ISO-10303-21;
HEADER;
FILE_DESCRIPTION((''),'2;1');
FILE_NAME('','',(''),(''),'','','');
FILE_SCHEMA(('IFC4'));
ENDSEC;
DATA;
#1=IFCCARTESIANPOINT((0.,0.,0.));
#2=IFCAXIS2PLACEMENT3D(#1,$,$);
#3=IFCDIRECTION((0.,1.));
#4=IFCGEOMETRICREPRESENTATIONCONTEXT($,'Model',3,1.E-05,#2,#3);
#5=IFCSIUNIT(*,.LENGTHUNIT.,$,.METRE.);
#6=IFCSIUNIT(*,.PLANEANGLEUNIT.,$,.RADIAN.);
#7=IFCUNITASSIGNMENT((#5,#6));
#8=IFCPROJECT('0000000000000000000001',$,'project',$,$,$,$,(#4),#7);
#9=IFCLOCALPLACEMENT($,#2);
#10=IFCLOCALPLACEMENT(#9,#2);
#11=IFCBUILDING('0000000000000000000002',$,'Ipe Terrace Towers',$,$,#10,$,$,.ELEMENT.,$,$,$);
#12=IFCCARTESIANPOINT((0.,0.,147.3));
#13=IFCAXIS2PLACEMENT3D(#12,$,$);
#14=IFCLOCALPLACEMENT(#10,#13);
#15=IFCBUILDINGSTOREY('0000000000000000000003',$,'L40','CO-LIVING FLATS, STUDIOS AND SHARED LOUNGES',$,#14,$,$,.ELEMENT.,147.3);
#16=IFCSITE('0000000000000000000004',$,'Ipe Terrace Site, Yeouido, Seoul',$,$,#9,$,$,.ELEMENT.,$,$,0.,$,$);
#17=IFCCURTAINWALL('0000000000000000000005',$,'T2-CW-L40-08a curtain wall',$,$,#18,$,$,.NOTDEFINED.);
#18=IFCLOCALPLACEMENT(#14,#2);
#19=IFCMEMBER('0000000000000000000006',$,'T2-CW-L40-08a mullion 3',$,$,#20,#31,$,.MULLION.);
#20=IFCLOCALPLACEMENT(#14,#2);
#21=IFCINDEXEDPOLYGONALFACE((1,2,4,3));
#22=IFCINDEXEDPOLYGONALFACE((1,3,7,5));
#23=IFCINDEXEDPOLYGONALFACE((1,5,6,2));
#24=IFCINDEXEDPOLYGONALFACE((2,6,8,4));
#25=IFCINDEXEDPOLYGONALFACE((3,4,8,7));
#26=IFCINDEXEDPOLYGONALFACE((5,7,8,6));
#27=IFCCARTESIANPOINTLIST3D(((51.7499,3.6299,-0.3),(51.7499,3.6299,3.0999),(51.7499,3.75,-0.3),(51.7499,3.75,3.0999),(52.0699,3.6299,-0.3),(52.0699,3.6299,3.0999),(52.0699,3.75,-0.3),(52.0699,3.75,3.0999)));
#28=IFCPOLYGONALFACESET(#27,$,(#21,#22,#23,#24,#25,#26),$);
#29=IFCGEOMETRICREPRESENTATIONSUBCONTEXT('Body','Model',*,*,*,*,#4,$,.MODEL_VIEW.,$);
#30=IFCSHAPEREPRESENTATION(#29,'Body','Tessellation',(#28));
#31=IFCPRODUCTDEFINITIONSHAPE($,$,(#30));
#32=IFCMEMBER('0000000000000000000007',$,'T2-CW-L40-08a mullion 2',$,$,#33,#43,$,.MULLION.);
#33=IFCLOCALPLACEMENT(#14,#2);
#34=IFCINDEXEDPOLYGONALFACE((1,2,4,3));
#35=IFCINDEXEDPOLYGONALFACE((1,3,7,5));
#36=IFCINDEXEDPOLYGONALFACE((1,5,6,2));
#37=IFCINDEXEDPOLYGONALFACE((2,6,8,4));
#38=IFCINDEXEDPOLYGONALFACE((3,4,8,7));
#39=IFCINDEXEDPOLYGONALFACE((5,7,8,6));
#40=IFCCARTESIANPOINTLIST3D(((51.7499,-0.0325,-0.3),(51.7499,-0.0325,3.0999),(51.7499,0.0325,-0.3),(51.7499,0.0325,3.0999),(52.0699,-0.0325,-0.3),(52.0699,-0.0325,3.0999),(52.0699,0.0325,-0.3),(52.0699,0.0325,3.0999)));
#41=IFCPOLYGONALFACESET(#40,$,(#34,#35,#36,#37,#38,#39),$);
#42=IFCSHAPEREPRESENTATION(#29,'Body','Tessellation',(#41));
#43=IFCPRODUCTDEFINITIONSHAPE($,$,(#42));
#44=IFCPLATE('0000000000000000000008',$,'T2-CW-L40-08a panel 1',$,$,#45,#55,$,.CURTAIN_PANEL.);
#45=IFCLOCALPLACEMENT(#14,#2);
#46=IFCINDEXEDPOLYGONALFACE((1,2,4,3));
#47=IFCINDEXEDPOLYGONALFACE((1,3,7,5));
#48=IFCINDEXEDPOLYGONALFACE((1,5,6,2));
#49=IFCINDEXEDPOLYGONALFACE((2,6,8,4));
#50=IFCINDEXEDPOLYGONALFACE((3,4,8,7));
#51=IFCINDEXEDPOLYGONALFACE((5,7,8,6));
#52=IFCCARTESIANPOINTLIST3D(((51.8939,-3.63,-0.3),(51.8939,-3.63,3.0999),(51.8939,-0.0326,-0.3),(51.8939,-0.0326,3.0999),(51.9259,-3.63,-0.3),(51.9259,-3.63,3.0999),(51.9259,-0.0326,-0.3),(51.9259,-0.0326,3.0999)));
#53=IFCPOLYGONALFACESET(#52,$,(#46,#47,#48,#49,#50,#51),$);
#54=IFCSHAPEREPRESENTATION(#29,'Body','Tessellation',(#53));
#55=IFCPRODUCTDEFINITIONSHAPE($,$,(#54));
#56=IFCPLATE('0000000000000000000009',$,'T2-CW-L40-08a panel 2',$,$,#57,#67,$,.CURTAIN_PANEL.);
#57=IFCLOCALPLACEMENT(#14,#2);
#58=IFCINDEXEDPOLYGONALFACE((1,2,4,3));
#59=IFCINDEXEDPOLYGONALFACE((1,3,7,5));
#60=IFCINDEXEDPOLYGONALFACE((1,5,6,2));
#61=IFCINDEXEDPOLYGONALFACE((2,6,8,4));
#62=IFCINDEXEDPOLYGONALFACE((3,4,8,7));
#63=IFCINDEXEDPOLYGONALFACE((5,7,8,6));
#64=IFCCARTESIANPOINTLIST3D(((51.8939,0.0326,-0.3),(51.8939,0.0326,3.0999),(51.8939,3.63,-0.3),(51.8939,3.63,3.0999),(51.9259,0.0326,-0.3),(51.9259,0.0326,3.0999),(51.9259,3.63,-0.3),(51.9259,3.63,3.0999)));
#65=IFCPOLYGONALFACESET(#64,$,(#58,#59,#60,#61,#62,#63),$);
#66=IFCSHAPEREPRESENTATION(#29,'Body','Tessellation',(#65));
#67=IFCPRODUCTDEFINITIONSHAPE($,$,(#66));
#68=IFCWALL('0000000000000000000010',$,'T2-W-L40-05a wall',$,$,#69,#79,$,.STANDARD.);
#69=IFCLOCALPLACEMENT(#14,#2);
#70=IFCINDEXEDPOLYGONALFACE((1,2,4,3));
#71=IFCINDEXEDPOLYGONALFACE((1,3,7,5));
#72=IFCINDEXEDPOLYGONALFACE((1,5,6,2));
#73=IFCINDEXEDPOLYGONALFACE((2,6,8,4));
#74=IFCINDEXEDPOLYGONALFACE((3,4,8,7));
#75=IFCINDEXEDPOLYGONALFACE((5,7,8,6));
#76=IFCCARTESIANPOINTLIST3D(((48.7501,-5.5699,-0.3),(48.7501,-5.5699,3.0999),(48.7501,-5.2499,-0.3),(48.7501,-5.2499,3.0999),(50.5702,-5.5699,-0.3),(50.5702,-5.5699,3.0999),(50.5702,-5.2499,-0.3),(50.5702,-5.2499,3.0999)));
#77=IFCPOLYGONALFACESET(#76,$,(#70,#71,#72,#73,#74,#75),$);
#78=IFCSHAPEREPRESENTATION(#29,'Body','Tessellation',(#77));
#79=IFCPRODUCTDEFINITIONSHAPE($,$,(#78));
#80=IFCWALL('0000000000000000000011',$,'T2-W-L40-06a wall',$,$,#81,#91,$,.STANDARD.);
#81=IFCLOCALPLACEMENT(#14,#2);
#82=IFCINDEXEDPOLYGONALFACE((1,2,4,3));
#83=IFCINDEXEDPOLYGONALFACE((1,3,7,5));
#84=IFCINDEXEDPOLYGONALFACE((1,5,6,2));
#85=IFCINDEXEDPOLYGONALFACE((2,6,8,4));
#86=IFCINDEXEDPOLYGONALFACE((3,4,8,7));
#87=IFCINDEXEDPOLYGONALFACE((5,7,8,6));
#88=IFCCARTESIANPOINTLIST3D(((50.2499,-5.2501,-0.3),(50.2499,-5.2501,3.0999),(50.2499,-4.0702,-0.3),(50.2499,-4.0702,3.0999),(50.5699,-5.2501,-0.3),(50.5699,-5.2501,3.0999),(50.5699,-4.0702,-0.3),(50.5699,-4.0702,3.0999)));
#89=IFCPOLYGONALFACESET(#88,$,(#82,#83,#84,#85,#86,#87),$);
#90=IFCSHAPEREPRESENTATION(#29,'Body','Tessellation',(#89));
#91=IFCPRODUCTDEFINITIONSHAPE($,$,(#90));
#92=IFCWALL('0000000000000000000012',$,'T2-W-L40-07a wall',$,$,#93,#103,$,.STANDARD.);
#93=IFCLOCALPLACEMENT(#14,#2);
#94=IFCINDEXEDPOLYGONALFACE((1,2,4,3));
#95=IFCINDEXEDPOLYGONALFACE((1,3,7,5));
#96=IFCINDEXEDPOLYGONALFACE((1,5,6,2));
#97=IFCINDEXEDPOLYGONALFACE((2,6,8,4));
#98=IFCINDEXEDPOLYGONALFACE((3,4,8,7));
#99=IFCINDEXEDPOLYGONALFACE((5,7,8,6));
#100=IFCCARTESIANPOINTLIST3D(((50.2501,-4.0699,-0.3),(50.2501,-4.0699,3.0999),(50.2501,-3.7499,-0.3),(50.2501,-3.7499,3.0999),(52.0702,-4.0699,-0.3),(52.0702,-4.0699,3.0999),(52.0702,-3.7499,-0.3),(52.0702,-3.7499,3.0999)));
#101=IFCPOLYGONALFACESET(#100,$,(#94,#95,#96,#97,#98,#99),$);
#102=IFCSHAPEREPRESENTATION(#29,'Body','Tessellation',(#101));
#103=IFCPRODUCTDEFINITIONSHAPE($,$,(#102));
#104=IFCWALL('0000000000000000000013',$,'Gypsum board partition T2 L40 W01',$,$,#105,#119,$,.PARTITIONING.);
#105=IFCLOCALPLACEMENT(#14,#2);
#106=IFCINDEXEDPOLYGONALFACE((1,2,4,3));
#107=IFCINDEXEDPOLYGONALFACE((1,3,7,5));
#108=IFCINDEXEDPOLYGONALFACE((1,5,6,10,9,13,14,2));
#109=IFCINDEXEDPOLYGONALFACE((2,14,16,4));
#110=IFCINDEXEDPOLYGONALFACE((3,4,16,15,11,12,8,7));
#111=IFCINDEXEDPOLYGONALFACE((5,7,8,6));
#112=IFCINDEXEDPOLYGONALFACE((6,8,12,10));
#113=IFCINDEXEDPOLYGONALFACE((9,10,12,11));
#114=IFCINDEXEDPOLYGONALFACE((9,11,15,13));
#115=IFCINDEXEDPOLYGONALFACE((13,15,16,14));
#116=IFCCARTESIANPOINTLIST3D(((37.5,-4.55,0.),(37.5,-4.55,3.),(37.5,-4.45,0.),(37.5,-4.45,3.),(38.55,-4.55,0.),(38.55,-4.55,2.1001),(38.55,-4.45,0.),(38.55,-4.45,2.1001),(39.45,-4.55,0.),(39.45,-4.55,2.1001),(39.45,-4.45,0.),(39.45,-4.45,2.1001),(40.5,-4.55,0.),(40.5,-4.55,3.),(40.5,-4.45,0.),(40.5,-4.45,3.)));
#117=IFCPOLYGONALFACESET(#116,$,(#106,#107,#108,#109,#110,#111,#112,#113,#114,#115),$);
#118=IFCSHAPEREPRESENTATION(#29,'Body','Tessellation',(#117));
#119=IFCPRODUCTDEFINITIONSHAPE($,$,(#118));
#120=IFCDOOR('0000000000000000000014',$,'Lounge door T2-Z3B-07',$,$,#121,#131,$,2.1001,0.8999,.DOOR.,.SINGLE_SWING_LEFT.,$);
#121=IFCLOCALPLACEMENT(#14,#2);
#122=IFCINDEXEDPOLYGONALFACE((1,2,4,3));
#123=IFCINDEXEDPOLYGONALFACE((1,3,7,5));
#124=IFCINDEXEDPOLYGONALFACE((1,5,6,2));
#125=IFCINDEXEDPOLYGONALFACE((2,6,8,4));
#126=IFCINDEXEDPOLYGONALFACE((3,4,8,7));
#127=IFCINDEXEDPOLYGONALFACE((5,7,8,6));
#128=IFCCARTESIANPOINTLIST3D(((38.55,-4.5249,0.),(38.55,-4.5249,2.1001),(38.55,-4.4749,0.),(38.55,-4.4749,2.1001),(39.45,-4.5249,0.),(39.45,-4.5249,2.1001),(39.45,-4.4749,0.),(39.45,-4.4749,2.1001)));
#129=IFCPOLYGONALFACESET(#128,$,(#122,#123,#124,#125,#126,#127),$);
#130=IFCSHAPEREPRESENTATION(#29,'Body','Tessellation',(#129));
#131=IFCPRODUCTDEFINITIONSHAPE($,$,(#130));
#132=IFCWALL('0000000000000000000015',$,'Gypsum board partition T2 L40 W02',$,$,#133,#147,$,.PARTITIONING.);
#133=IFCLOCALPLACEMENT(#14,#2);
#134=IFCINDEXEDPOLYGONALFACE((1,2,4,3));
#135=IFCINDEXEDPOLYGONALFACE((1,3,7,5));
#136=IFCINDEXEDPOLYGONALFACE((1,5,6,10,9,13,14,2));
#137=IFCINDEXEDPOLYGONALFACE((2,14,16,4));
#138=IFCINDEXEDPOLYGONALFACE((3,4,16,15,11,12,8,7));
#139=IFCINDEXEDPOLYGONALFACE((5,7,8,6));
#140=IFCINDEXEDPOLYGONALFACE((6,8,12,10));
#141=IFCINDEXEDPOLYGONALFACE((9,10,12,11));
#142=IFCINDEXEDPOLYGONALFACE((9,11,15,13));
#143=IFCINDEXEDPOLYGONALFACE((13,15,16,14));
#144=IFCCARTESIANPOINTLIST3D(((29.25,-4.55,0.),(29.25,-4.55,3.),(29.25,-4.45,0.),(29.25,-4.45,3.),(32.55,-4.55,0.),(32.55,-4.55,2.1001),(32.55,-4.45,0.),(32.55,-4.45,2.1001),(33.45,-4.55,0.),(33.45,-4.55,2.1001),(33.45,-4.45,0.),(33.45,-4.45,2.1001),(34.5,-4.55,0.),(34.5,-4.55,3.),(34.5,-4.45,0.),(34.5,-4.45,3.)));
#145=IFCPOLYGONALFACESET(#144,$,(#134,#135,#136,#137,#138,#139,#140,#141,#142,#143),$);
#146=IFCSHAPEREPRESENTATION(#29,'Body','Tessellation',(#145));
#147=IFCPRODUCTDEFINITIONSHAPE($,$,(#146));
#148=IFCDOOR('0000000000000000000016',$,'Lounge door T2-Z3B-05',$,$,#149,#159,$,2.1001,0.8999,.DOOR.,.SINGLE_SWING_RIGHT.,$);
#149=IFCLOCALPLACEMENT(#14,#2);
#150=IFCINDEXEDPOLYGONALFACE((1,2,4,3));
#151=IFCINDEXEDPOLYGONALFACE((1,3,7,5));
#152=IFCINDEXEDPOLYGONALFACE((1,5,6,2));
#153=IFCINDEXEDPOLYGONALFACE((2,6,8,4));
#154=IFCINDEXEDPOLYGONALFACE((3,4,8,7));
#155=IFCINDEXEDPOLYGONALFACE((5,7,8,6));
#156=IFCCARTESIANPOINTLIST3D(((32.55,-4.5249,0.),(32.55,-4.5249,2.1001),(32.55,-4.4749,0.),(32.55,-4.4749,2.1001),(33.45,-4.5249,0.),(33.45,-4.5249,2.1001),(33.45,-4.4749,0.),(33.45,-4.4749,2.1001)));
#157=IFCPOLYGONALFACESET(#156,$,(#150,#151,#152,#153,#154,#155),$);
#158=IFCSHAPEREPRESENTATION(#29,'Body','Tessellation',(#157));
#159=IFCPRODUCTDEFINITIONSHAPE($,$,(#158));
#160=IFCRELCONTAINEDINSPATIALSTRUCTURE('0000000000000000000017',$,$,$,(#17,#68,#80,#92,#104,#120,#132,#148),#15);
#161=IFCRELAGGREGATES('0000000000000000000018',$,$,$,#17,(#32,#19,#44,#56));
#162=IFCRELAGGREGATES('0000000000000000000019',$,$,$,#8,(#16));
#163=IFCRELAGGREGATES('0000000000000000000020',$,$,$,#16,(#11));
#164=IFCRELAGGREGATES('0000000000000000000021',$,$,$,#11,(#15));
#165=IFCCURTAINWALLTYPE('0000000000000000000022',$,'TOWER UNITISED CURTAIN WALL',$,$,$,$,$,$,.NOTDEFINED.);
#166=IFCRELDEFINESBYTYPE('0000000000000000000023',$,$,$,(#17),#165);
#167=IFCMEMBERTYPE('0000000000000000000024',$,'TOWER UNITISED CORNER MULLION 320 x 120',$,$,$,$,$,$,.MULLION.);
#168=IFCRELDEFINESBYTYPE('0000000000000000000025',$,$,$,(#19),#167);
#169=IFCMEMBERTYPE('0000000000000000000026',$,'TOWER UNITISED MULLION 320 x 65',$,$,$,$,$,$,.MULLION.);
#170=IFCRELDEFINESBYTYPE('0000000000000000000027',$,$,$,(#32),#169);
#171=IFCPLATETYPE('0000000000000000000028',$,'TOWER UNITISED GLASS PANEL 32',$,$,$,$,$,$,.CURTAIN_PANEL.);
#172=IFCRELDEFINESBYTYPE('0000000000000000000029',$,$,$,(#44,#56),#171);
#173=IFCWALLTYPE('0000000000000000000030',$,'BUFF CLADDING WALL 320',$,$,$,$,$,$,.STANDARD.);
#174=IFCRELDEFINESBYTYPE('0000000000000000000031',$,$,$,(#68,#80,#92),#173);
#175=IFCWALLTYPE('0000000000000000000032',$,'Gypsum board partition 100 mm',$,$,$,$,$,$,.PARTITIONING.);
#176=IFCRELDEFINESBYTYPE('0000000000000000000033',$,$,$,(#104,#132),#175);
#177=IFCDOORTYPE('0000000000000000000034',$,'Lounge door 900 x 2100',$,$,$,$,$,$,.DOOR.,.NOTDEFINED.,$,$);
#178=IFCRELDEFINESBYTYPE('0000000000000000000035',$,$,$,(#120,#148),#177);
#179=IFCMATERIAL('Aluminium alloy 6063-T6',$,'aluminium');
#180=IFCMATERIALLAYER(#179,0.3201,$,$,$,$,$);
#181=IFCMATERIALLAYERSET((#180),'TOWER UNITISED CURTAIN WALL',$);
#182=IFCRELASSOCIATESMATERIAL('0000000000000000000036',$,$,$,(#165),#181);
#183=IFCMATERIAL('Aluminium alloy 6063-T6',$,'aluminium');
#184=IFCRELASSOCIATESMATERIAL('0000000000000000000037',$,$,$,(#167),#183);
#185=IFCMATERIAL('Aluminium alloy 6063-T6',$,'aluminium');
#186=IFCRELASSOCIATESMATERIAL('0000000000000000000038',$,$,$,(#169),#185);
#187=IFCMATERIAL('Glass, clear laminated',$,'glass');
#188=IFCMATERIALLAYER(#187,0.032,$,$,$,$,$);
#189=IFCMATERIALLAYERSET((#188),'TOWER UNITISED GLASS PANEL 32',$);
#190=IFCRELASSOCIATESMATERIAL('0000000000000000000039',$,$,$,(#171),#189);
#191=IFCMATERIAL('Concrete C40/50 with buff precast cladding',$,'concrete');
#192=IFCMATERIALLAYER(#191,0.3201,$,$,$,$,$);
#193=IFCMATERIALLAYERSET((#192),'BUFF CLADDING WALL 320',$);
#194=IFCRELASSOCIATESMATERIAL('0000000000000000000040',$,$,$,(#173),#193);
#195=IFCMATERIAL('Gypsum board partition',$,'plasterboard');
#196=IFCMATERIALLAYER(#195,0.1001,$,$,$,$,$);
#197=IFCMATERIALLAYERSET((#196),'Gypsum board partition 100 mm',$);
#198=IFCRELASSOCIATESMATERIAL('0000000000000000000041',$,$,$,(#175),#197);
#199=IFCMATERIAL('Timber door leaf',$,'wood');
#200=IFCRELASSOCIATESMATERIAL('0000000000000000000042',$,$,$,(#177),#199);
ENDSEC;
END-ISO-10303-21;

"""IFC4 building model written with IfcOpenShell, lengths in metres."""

from ifc_helpers import new_model, si_unit, direction, frame, frame_2d, origin, origin_2d, place, context, subcontext, project, spatial, rectangle, extrude, material, layer, layer_set, material_profile, profile_set, type_object, element, fill, aggregate, save


model = new_model("IFC4")

# Units and contexts
model_context = context("Model", 3, precision=1e-05, world=origin(), true_north=direction((0.0, 1.0)))
body_context = subcontext(model_context, "Body", "Model", "MODEL_VIEW")
ifc_project = project(units=[si_unit("LENGTHUNIT", "METRE"), si_unit("PLANEANGLEUNIT", "RADIAN")], contexts=[model_context])

# Site, building, storey
site_placement = place(None, origin())
site = spatial("IfcSite", under=ifc_project, at=site_placement, Name="Ipe Terrace Site, Yeouido, Seoul", CompositionType="ELEMENT", RefElevation=0.0)
building_placement = place(site_placement, origin())
building = spatial("IfcBuilding", under=site, at=building_placement, Name="Ipe Terrace Towers", CompositionType="ELEMENT")
storey_placement = place(building_placement, frame((0.0, 0.0, 147.3)))
storey = spatial("IfcBuildingStorey", under=building, at=storey_placement, Name="L40", Description="CO-LIVING FLATS, STUDIOS AND SHARED LOUNGES", CompositionType="ELEMENT", Elevation=147.3)

# Curtain wall, members, plates
ifc_material_1 = material(Name="Aluminium alloy 6063-T6", Category="aluminium")
ifc_layer_1 = layer(ifc_material_1, 0.3201)
ifc_layer_set_1 = layer_set([ifc_layer_1], Name="TOWER UNITISED CURTAIN WALL")
curtain_wall_type = type_object("IfcCurtainWallType", Name="TOWER UNITISED CURTAIN WALL", PredefinedType="NOTDEFINED", material=ifc_layer_set_1)
curtain_wall_placement = place(storey_placement, origin())
curtain_wall = element("IfcCurtainWall", 1, at=curtain_wall_placement, inside=storey, type_object=curtain_wall_type, Name="T2-CW-L40-08a curtain wall", PredefinedType="NOTDEFINED")
ifc_material_2 = material(Name="Aluminium alloy 6063-T6", Category="aluminium")
ifc_material_profile_1 = material_profile(ifc_material_2, rectangle(XDim=0.3201, YDim=0.1201, at=origin_2d()), Name="TOWER UNITISED CORNER MULLION 320 x 120")
ifc_profile_set_1 = profile_set([ifc_material_profile_1], Name="Aluminium alloy 6063-T6")
member_type_1 = type_object("IfcMemberType", Name="TOWER UNITISED CORNER MULLION 320 x 120", PredefinedType="MULLION", material=ifc_profile_set_1)
member_1_placement = place(storey_placement, frame((51.9099, 3.6899, -0.3), z_axis=(0.0, 0.0, 1.0), x_axis=(1.0, 0.0, 0.0)))
member_1 = element("IfcMember", 2, at=member_1_placement, type_object=member_type_1, Name="T2-CW-L40-08a mullion 3", PredefinedType="MULLION", context=body_context, shape_type="SweptSolid", body=[
    extrude(rectangle(XDim=0.3201, YDim=0.1201, at=origin_2d()), origin(), (0.0, 0.0, 1.0), 3.3999),
])
ifc_material_3 = material(Name="Aluminium alloy 6063-T6", Category="aluminium")
ifc_material_profile_2 = material_profile(ifc_material_3, rectangle(XDim=0.3201, YDim=0.0649, at=origin_2d()), Name="TOWER UNITISED MULLION 320 x 65")
ifc_profile_set_2 = profile_set([ifc_material_profile_2], Name="Aluminium alloy 6063-T6")
member_type_2 = type_object("IfcMemberType", Name="TOWER UNITISED MULLION 320 x 65", PredefinedType="MULLION", material=ifc_profile_set_2)
member_2_placement = place(storey_placement, frame((51.9099, 0.0, -0.3), z_axis=(0.0, 0.0, 1.0), x_axis=(1.0, 0.0, 0.0)))
member_2 = element("IfcMember", 3, at=member_2_placement, type_object=member_type_2, Name="T2-CW-L40-08a mullion 2", PredefinedType="MULLION", context=body_context, shape_type="SweptSolid", body=[
    extrude(rectangle(XDim=0.3201, YDim=0.0649, at=origin_2d()), origin(), (0.0, 0.0, 1.0), 3.3999),
])
ifc_material_4 = material(Name="Glass, clear laminated", Category="glass")
ifc_layer_2 = layer(ifc_material_4, 0.032)
ifc_layer_set_2 = layer_set([ifc_layer_2], Name="TOWER UNITISED GLASS PANEL 32")
plate_type = type_object("IfcPlateType", Name="TOWER UNITISED GLASS PANEL 32", PredefinedType="CURTAIN_PANEL", material=ifc_layer_set_2)
plate_1_placement = place(storey_placement, frame((51.9099, -1.8313, -0.3), z_axis=(0.0, 0.0, 1.0), x_axis=(0.0, 1.0, 0.0)))
plate_1 = element("IfcPlate", 4, at=plate_1_placement, type_object=plate_type, Name="T2-CW-L40-08a panel 1", PredefinedType="CURTAIN_PANEL", context=body_context, shape_type="SweptSolid", body=[
    extrude(rectangle(XDim=3.5974, YDim=0.032, at=origin_2d()), origin(), (0.0, 0.0, 1.0), 3.3999),
])
plate_2_placement = place(storey_placement, frame((51.9099, 1.8313, -0.3), z_axis=(0.0, 0.0, 1.0), x_axis=(0.0, 1.0, 0.0)))
plate_2 = element("IfcPlate", 5, at=plate_2_placement, type_object=plate_type, Name="T2-CW-L40-08a panel 2", PredefinedType="CURTAIN_PANEL", context=body_context, shape_type="SweptSolid", body=[
    extrude(rectangle(XDim=3.5974, YDim=0.032, at=origin_2d()), origin(), (0.0, 0.0, 1.0), 3.3999),
])
aggregate(curtain_wall, [member_2, member_1, plate_1, plate_2])

# Walls
ifc_material_5 = material(Name="Concrete C40/50 with buff precast cladding", Category="concrete")
ifc_layer_3 = layer(ifc_material_5, 0.3201)
ifc_layer_set_3 = layer_set([ifc_layer_3], Name="BUFF CLADDING WALL 320")
wall_type_1 = type_object("IfcWallType", Name="BUFF CLADDING WALL 320", PredefinedType="STANDARD", material=ifc_layer_set_3)
wall_1_placement = place(storey_placement, frame((48.75, -5.4099, -0.3), z_axis=(0.0, 0.0, 1.0), x_axis=(1.0, 0.0, 0.0)))
element("IfcWall", 6, at=wall_1_placement, inside=storey, type_object=wall_type_1, Name="T2-W-L40-05a wall", PredefinedType="STANDARD", context=body_context, shape_type="SweptSolid", body=[
    extrude(rectangle(XDim=1.8201, YDim=0.3201, at=frame_2d((0.9102, 0.0))), origin(), (0.0, 0.0, 1.0), 3.3999),
])
wall_2_placement = place(storey_placement, frame((50.4099, -5.25, -0.3), z_axis=(0.0, 0.0, 1.0), x_axis=(0.0, 1.0, 0.0)))
element("IfcWall", 7, at=wall_2_placement, inside=storey, type_object=wall_type_1, Name="T2-W-L40-06a wall", PredefinedType="STANDARD", context=body_context, shape_type="SweptSolid", body=[
    extrude(rectangle(XDim=1.1799, YDim=0.3201, at=frame_2d((0.5898, 0.0))), origin(), (0.0, 0.0, 1.0), 3.3999),
])
wall_3_placement = place(storey_placement, frame((50.25, -3.9099, -0.3), z_axis=(0.0, 0.0, 1.0), x_axis=(1.0, 0.0, 0.0)))
element("IfcWall", 8, at=wall_3_placement, inside=storey, type_object=wall_type_1, Name="T2-W-L40-07a wall", PredefinedType="STANDARD", context=body_context, shape_type="SweptSolid", body=[
    extrude(rectangle(XDim=1.8201, YDim=0.3201, at=frame_2d((0.9102, 0.0))), origin(), (0.0, 0.0, 1.0), 3.3999),
])

# Walls, openings, doors
ifc_material_6 = material(Name="Gypsum board partition", Category="plasterboard")
ifc_layer_4 = layer(ifc_material_6, 0.1001)
ifc_layer_set_4 = layer_set([ifc_layer_4], Name="Gypsum board partition 100 mm")
wall_type_2 = type_object("IfcWallType", Name="Gypsum board partition 100 mm", PredefinedType="PARTITIONING", material=ifc_layer_set_4)
wall_4_placement = place(storey_placement, frame((40.5, -4.5, 0.0), z_axis=(0.0, 0.0, 1.0), x_axis=(-1.0, 0.0, 0.0)))
wall_4 = element("IfcWall", 9, at=wall_4_placement, inside=storey, type_object=wall_type_2, Name="Gypsum board partition T2 L40 W01", PredefinedType="PARTITIONING", context=body_context, shape_type="SweptSolid", body=[
    extrude(rectangle(XDim=3.0, YDim=0.1001, at=frame_2d((1.5, 0.0))), origin(), (0.0, 0.0, 1.0), 3.0),
])
opening_1_placement = place(wall_4_placement, frame((1.05, 0.0, 0.0)))
opening_1 = element("IfcOpeningElement", 10, at=opening_1_placement, cuts=wall_4, PredefinedType="OPENING", context=body_context, shape_type="SweptSolid", body=[
    extrude(rectangle(XDim=0.8999, YDim=2.1001, at=frame_2d((0.45, 1.05))), frame((0.0, 0.0601, 0.0), z_axis=(0.0, -1.0, 0.0), x_axis=(1.0, 0.0, 0.0)), (0.0, 0.0, 1.0), 0.1201),
])
ifc_material_7 = material(Name="Timber door leaf", Category="wood")
door_type = type_object("IfcDoorType", Name="Lounge door 900 x 2100", OperationType="NOTDEFINED", PredefinedType="DOOR", material=ifc_material_7)
door_1_placement = place(opening_1_placement, origin())
door_1 = element("IfcDoor", 11, at=door_1_placement, inside=storey, type_object=door_type, Name="Lounge door T2-Z3B-07", OperationType="SINGLE_SWING_LEFT", OverallHeight=2.1001, OverallWidth=0.8999, PredefinedType="DOOR", context=body_context, shape_type="SweptSolid", body=[
    extrude(rectangle(XDim=0.8999, YDim=2.1001, at=frame_2d((0.45, 1.05))), frame((0.0, 0.0249, 0.0), z_axis=(0.0, -1.0, 0.0), x_axis=(1.0, 0.0, 0.0)), (0.0, 0.0, 1.0), 0.05),
])
fill(opening_1, door_1)
wall_5_placement = place(storey_placement, frame((34.5, -4.5, 0.0), z_axis=(0.0, 0.0, 1.0), x_axis=(-1.0, 0.0, 0.0)))
wall_5 = element("IfcWall", 12, at=wall_5_placement, inside=storey, type_object=wall_type_2, Name="Gypsum board partition T2 L40 W02", PredefinedType="PARTITIONING", context=body_context, shape_type="SweptSolid", body=[
    extrude(rectangle(XDim=5.25, YDim=0.1001, at=frame_2d((2.625, 0.0))), origin(), (0.0, 0.0, 1.0), 3.0),
])
opening_2_placement = place(wall_5_placement, frame((1.05, 0.0, 0.0)))
opening_2 = element("IfcOpeningElement", 13, at=opening_2_placement, cuts=wall_5, PredefinedType="OPENING", context=body_context, shape_type="SweptSolid", body=[
    extrude(rectangle(XDim=0.8999, YDim=2.1001, at=frame_2d((0.45, 1.05))), frame((0.0, 0.0601, 0.0), z_axis=(0.0, -1.0, 0.0), x_axis=(1.0, 0.0, 0.0)), (0.0, 0.0, 1.0), 0.1201),
])
door_2_placement = place(opening_2_placement, origin())
door_2 = element("IfcDoor", 14, at=door_2_placement, inside=storey, type_object=door_type, Name="Lounge door T2-Z3B-05", OperationType="SINGLE_SWING_RIGHT", OverallHeight=2.1001, OverallWidth=0.8999, PredefinedType="DOOR", context=body_context, shape_type="SweptSolid", body=[
    extrude(rectangle(XDim=0.8999, YDim=2.1001, at=frame_2d((0.45, 1.05))), frame((0.0, 0.0249, 0.0), z_axis=(0.0, -1.0, 0.0), x_axis=(1.0, 0.0, 0.0)), (0.0, 0.0, 1.0), 0.05),
])
fill(opening_2, door_2)

save(model, "model.ifc")
